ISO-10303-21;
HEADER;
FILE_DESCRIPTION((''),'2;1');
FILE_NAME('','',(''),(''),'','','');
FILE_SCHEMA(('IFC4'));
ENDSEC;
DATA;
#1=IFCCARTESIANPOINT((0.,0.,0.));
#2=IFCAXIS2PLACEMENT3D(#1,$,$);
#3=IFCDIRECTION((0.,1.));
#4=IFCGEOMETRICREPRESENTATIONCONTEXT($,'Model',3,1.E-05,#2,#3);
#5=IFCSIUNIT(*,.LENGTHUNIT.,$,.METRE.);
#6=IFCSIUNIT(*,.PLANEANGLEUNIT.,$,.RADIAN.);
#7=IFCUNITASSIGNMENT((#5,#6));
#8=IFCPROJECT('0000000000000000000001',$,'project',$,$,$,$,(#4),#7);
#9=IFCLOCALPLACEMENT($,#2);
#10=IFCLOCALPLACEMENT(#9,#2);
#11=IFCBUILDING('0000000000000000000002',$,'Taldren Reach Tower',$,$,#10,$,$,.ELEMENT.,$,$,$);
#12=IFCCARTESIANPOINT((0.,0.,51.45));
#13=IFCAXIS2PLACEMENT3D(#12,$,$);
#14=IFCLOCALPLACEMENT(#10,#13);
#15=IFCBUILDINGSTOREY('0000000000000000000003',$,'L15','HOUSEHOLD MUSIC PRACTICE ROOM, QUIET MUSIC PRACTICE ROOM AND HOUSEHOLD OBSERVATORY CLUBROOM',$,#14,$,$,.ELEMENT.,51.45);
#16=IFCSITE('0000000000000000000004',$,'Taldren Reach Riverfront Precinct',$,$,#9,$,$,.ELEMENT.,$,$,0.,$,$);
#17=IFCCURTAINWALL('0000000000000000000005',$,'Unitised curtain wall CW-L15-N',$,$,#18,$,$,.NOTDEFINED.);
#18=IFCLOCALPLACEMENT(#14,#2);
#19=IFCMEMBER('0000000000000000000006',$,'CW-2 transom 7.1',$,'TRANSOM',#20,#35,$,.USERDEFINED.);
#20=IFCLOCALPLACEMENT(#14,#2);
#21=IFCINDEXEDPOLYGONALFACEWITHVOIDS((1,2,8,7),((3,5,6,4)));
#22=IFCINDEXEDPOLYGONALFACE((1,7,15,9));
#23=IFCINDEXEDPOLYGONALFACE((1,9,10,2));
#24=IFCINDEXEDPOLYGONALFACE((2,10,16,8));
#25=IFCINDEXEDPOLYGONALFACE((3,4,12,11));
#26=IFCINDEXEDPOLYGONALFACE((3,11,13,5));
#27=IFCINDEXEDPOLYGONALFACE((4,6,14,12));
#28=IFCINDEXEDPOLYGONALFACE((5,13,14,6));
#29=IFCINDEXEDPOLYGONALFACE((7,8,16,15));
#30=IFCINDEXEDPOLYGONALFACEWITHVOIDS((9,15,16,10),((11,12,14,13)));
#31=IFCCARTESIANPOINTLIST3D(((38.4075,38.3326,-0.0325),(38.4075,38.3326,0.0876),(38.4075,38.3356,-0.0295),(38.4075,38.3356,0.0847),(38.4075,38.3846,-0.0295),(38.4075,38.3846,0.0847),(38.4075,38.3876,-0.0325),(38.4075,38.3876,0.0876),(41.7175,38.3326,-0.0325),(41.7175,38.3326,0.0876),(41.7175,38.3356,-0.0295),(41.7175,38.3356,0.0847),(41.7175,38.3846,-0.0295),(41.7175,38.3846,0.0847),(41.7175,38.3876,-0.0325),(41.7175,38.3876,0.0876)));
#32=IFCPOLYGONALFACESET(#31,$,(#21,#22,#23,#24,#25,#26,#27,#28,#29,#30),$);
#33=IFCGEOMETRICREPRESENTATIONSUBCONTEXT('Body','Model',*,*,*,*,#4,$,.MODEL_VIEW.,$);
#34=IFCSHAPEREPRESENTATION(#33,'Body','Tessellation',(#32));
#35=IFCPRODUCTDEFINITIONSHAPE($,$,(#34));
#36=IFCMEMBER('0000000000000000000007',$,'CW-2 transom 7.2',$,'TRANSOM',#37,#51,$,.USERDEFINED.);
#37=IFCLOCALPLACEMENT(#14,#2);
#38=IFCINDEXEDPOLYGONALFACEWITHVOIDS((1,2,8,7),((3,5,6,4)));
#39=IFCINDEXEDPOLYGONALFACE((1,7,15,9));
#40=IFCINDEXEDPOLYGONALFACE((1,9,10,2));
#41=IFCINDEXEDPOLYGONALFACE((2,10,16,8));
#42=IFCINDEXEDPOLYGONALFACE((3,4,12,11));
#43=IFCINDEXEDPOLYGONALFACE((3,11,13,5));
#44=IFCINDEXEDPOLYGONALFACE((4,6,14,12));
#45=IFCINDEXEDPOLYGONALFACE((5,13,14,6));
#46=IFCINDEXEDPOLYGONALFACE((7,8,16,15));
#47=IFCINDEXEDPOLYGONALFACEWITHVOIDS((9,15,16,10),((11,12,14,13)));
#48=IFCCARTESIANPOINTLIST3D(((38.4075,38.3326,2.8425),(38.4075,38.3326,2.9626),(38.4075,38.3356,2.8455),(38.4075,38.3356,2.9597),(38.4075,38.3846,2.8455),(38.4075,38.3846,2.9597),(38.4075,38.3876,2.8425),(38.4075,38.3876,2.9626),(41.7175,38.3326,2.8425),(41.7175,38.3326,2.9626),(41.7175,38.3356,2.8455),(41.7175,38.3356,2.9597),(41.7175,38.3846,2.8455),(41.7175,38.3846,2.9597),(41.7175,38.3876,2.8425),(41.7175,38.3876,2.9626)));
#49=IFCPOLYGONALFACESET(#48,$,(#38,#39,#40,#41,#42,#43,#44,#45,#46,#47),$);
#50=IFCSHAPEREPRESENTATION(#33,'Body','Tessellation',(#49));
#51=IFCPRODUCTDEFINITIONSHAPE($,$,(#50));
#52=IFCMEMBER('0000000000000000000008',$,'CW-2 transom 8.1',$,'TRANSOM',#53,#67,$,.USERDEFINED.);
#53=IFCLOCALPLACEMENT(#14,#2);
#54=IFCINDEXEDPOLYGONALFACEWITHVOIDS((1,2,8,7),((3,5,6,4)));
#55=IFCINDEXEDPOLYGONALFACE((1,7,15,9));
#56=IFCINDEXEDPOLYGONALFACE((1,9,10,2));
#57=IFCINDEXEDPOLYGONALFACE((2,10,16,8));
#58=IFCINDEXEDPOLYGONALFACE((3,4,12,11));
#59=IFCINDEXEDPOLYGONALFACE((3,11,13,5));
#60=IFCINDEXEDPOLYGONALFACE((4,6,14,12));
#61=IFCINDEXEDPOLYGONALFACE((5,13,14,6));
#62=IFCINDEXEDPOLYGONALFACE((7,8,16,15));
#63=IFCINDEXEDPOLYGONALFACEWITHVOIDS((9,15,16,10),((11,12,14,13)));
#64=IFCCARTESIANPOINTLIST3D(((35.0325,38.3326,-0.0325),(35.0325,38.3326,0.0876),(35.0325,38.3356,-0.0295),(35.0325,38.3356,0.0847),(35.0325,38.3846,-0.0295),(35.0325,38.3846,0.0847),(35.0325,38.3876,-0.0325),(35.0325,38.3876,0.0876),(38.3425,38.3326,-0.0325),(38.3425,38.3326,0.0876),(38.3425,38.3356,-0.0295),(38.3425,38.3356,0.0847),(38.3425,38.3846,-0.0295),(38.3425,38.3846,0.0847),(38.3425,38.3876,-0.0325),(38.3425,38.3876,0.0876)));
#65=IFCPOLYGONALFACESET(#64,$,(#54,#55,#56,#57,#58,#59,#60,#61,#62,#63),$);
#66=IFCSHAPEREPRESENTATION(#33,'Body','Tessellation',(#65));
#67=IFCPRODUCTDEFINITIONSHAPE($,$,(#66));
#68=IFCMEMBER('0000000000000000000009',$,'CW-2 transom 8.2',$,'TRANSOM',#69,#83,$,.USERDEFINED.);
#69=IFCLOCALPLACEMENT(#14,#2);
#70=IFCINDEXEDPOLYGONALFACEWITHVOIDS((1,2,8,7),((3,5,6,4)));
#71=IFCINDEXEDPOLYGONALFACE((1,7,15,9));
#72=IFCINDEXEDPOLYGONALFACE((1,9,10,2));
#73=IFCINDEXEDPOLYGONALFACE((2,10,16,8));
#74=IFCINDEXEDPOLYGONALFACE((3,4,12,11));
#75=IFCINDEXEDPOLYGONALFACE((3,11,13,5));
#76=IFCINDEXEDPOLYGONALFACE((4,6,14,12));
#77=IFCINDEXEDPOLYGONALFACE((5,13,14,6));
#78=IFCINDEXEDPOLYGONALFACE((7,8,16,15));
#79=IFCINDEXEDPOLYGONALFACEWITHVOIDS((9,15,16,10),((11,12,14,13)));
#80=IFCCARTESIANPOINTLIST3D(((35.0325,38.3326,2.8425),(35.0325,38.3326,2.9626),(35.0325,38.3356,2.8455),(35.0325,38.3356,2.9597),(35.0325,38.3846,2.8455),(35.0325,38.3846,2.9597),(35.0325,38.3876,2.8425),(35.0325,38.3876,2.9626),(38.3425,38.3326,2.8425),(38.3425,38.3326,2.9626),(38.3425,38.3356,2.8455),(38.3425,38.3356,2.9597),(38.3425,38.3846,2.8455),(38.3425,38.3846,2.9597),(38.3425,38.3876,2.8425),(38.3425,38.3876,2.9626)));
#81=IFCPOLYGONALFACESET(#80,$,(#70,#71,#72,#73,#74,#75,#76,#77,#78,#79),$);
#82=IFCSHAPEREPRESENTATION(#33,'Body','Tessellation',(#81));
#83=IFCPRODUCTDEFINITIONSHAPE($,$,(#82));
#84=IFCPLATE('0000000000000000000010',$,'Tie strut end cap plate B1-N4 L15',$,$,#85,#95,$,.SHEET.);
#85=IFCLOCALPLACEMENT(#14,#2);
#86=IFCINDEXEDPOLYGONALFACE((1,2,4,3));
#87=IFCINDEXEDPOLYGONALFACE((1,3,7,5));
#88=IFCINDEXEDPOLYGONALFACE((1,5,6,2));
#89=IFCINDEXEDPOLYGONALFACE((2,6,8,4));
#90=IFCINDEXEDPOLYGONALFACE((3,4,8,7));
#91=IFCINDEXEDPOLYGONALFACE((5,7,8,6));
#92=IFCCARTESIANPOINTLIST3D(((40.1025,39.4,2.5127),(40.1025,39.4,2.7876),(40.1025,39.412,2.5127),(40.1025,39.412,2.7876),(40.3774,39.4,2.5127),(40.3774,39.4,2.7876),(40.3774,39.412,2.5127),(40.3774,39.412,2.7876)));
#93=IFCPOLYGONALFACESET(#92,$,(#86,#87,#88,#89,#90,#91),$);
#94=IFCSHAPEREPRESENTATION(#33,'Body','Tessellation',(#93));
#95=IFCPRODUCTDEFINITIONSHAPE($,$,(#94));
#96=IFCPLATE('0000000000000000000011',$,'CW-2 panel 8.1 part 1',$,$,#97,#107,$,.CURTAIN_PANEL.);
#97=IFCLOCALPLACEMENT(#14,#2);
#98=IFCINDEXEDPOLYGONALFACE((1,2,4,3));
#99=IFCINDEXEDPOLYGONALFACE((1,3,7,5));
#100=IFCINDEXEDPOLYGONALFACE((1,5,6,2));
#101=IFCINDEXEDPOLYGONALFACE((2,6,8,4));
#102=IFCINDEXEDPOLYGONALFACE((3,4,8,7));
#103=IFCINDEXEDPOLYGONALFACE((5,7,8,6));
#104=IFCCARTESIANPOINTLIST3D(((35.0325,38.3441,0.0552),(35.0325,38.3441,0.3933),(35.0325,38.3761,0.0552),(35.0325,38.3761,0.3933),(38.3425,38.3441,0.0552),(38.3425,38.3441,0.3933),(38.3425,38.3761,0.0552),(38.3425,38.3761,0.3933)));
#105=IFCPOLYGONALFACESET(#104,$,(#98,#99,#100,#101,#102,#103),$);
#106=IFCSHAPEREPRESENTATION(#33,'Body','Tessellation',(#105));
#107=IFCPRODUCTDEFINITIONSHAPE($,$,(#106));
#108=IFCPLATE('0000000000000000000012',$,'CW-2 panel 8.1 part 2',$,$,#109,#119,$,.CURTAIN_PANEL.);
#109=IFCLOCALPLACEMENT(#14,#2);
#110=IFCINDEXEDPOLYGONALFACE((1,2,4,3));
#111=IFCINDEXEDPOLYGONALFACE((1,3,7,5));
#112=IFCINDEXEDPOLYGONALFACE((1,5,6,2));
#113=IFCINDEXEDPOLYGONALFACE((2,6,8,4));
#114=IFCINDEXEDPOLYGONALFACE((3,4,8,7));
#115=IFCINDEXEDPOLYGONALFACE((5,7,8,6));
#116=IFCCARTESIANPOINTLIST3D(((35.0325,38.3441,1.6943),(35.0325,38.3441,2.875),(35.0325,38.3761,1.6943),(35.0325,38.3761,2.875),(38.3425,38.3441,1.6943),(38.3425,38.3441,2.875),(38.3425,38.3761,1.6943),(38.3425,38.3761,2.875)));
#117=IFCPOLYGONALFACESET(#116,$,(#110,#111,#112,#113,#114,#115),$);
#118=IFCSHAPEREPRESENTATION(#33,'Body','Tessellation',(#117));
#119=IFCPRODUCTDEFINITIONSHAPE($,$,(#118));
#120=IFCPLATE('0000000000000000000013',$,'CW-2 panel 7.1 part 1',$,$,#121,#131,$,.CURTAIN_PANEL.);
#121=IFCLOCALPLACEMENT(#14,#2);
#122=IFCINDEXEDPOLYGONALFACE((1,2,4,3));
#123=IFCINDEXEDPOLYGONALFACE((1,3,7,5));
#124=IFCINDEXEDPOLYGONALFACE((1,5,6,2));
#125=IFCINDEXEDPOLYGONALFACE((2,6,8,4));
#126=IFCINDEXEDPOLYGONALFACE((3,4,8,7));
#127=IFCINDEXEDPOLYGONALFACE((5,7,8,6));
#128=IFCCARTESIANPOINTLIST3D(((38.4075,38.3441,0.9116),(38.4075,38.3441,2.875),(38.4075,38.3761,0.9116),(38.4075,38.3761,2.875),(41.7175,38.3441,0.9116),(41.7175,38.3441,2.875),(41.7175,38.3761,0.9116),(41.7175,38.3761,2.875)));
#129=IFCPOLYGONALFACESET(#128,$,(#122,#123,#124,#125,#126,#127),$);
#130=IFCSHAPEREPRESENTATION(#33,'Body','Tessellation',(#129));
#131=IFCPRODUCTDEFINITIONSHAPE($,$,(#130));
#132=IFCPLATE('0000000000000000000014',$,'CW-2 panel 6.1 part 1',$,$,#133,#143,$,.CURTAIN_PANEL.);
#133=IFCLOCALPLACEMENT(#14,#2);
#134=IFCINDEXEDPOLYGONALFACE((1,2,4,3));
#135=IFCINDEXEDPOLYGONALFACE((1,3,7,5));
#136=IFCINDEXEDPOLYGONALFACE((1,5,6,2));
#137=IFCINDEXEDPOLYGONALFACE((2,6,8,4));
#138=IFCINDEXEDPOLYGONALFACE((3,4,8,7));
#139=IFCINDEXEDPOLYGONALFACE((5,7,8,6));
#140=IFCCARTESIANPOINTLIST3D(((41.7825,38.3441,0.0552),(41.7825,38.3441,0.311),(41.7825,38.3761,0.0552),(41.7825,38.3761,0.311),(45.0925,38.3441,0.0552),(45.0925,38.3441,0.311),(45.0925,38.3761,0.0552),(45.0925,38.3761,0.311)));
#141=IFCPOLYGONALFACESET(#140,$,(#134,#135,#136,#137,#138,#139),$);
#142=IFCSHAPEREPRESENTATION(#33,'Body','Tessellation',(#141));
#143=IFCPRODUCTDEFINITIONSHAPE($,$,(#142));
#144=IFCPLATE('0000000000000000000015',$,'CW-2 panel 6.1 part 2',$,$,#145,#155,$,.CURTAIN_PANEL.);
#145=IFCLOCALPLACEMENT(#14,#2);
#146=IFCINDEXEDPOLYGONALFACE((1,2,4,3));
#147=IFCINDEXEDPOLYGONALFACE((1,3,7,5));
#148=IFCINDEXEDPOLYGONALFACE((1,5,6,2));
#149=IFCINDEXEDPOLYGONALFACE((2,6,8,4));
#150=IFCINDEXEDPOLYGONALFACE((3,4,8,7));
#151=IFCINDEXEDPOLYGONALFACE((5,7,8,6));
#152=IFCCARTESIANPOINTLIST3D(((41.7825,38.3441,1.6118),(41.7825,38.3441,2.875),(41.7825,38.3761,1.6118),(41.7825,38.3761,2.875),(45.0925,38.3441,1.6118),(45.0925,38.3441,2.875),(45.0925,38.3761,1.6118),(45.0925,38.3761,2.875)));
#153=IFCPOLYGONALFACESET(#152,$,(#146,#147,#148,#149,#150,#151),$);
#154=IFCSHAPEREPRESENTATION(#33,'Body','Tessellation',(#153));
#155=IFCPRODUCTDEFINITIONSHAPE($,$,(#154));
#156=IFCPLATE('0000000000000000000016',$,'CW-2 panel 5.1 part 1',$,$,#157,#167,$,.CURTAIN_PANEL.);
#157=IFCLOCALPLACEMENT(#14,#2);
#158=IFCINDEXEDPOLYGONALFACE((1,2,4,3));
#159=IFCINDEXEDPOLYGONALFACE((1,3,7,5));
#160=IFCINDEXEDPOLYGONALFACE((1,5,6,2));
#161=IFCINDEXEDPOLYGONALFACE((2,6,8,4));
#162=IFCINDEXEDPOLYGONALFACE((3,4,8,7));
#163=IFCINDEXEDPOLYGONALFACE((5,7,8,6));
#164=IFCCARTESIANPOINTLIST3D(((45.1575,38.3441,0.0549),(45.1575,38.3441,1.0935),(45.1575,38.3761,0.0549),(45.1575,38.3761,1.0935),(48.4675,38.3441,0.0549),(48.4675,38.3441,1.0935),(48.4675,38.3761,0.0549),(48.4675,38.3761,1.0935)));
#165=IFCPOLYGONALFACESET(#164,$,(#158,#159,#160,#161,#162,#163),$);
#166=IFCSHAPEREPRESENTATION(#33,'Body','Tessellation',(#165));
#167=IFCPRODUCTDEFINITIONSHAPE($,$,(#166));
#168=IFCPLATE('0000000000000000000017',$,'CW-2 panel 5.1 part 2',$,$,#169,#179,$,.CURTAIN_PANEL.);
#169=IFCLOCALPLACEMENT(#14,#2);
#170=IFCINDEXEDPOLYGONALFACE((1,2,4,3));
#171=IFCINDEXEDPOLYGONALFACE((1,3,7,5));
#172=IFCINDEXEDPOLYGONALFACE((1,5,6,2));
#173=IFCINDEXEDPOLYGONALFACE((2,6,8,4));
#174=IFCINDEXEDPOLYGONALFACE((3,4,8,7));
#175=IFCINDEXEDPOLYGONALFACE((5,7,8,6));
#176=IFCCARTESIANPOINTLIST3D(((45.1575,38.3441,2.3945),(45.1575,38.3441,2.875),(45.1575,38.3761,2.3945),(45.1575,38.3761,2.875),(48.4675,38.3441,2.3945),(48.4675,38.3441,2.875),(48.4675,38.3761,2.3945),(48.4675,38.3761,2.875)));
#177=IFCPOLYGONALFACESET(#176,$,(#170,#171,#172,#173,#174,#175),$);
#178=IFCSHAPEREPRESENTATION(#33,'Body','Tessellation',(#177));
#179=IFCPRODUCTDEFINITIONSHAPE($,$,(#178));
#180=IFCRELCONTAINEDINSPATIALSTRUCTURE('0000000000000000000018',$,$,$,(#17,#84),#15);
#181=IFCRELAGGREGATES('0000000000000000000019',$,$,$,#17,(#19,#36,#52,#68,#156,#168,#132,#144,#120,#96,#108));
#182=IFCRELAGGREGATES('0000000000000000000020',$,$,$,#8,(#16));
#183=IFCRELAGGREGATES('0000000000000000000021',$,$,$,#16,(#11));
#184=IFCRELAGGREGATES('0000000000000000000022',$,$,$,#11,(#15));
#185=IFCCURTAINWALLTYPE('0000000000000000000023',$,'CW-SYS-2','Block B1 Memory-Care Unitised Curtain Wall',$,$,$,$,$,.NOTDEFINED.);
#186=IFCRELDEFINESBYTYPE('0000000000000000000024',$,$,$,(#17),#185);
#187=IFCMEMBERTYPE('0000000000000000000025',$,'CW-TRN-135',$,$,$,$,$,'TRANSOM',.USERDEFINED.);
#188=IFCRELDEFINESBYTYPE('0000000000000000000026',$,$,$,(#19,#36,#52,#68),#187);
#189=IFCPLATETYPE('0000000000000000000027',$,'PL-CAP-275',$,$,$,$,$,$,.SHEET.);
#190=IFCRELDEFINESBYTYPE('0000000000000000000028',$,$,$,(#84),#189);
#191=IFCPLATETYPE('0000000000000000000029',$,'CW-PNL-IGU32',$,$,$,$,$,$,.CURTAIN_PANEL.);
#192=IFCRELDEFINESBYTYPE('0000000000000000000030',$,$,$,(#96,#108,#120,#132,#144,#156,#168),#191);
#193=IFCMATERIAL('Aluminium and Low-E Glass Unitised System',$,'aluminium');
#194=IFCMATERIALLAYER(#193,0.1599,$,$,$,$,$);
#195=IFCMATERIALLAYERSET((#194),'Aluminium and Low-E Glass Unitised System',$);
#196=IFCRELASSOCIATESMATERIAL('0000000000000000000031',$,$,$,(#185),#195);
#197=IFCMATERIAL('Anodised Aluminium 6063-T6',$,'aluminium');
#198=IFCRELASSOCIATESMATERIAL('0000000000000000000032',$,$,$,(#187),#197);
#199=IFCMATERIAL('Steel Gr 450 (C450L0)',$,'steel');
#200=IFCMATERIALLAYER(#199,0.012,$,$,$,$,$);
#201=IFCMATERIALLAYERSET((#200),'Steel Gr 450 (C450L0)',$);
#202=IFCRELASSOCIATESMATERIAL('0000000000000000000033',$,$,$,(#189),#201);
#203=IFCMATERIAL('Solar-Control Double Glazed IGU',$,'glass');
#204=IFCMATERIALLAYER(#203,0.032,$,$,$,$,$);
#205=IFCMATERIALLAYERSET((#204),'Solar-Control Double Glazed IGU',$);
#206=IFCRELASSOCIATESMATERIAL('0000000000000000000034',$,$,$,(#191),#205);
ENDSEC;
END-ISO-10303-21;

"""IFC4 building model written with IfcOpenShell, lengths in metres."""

from ifc_helpers import new_model, si_unit, direction, frame, origin, origin_2d, place, context, subcontext, project, spatial, rectangle, hollow_rectangle, extrude, source, transform, mapped, material, layer, layer_set, material_profile, profile_set, type_object, element, aggregate, save


model = new_model("IFC4")

# Units and contexts
model_context = context("Model", 3, precision=1e-05, world=origin(), true_north=direction((0.0, 1.0)))
body_context = subcontext(model_context, "Body", "Model", "MODEL_VIEW")
ifc_project = project(units=[si_unit("LENGTHUNIT", "METRE"), si_unit("PLANEANGLEUNIT", "RADIAN")], contexts=[model_context])

# Site, building, storey
site_placement = place(None, origin())
site = spatial("IfcSite", under=ifc_project, at=site_placement, Name="Taldren Reach Riverfront Precinct", CompositionType="ELEMENT", RefElevation=0.0)
building_placement = place(site_placement, origin())
building = spatial("IfcBuilding", under=site, at=building_placement, Name="Taldren Reach Tower", CompositionType="ELEMENT")
storey_placement = place(building_placement, frame((0.0, 0.0, 51.45)))
storey = spatial("IfcBuildingStorey", under=building, at=storey_placement, Name="L15", Description="HOUSEHOLD MUSIC PRACTICE ROOM, QUIET MUSIC PRACTICE ROOM AND HOUSEHOLD OBSERVATORY CLUBROOM", CompositionType="ELEMENT", Elevation=51.45)

# Shared definitions
ifc_material_1 = material(Name="Steel Gr 450 (C450L0)", Category="steel")

# Curtain wall, members
ifc_material_2 = material(Name="Aluminium and Low-E Glass Unitised System", Category="aluminium")
ifc_layer_1 = layer(ifc_material_2, 0.1599)
ifc_layer_set_1 = layer_set([ifc_layer_1], Name="Aluminium and Low-E Glass Unitised System")
curtain_wall_type = type_object("IfcCurtainWallType", Name="CW-SYS-2", Description="Block B1 Memory-Care Unitised Curtain Wall", PredefinedType="NOTDEFINED", material=ifc_layer_set_1)
curtain_wall_placement = place(storey_placement, origin())
curtain_wall = element("IfcCurtainWall", 1, at=curtain_wall_placement, inside=storey, type_object=curtain_wall_type, Name="Unitised curtain wall CW-L15-N", PredefinedType="NOTDEFINED")
ifc_material_3 = material(Name="Anodised Aluminium 6063-T6", Category="aluminium")
ifc_material_profile_1 = material_profile(ifc_material_3, hollow_rectangle(XDim=0.0549, YDim=0.1201, WallThickness=0.0029, at=origin_2d()), Name="ALU-120x55x3RHS")
ifc_profile_set_1 = profile_set([ifc_material_profile_1], Name="Anodised Aluminium 6063-T6")
member_type_1 = type_object("IfcMemberType", Name="CW-TRN-135", ElementType="TRANSOM", PredefinedType="USERDEFINED", material=ifc_profile_set_1)
shared_shape_1 = source(origin(), body_context, "Body", "SweptSolid", [
    extrude(hollow_rectangle(XDim=0.0549, YDim=0.1201, WallThickness=0.0029, at=origin_2d()), origin(), (0.0, 0.0, 1.0), 3.3101),
])
member_1_placement = place(storey_placement, frame((41.7175, 38.3601, 0.0276), z_axis=(-1.0, 0.0, 0.0), x_axis=(0.0, -1.0, 0.0)))
member_1 = element("IfcMember", 2, at=member_1_placement, type_object=member_type_1, Name="CW-2 transom 7.1", ObjectType="TRANSOM", PredefinedType="USERDEFINED", context=body_context, shape_type="MappedRepresentation", body=[
    mapped(shared_shape_1, transform((0.0, 0.0, 0.0), scale=1.0)),
])
member_2_placement = place(storey_placement, frame((41.7175, 38.3601, 2.9026), z_axis=(-1.0, 0.0, 0.0), x_axis=(0.0, -1.0, 0.0)))
member_2 = element("IfcMember", 3, at=member_2_placement, type_object=member_type_1, Name="CW-2 transom 7.2", ObjectType="TRANSOM", PredefinedType="USERDEFINED", context=body_context, shape_type="MappedRepresentation", body=[
    mapped(shared_shape_1, transform((0.0, 0.0, 0.0), scale=1.0)),
])
member_3_placement = place(storey_placement, frame((38.3425, 38.3601, 0.0276), z_axis=(-1.0, 0.0, 0.0), x_axis=(0.0, -1.0, 0.0)))
member_3 = element("IfcMember", 4, at=member_3_placement, type_object=member_type_1, Name="CW-2 transom 8.1", ObjectType="TRANSOM", PredefinedType="USERDEFINED", context=body_context, shape_type="MappedRepresentation", body=[
    mapped(shared_shape_1, transform((0.0, 0.0, 0.0), scale=1.0)),
])
member_4_placement = place(storey_placement, frame((38.3425, 38.3601, 2.9026), z_axis=(-1.0, 0.0, 0.0), x_axis=(0.0, -1.0, 0.0)))
member_4 = element("IfcMember", 5, at=member_4_placement, type_object=member_type_1, Name="CW-2 transom 8.2", ObjectType="TRANSOM", PredefinedType="USERDEFINED", context=body_context, shape_type="MappedRepresentation", body=[
    mapped(shared_shape_1, transform((0.0, 0.0, 0.0), scale=1.0)),
])

# Plates
ifc_layer_2 = layer(ifc_material_1, 0.012)
ifc_layer_set_2 = layer_set([ifc_layer_2], Name="Steel Gr 450 (C450L0)")
plate_type_1 = type_object("IfcPlateType", Name="PL-CAP-275", PredefinedType="SHEET", material=ifc_layer_set_2)
shared_shape_2 = source(origin(), body_context, "Body", "SweptSolid", [
    extrude(rectangle(XDim=0.2749, YDim=0.012, at=origin_2d()), origin(), (0.0, 0.0, 1.0), 0.2749),
])
plate_1_placement = place(storey_placement, frame((40.24, 39.406, 2.5127), z_axis=(0.0, 0.0, 1.0), x_axis=(1.0, 0.0, 0.0)))
element("IfcPlate", 6, at=plate_1_placement, inside=storey, type_object=plate_type_1, Name="Tie strut end cap plate B1-N4 L15", PredefinedType="SHEET", context=body_context, shape_type="MappedRepresentation", body=[
    mapped(shared_shape_2, transform((0.0, 0.0, 0.0), scale=1.0)),
])
ifc_material_4 = material(Name="Solar-Control Double Glazed IGU", Category="glass")
ifc_layer_3 = layer(ifc_material_4, 0.032)
ifc_layer_set_3 = layer_set([ifc_layer_3], Name="Solar-Control Double Glazed IGU")
plate_type_2 = type_object("IfcPlateType", Name="CW-PNL-IGU32", PredefinedType="CURTAIN_PANEL", material=ifc_layer_set_3)
shared_shape_3 = source(origin(), body_context, "Body", "SweptSolid", [
    extrude(rectangle(XDim=3.3101, YDim=0.032, at=origin_2d()), origin(), (0.0, 0.0, 1.0), 0.3381),
])
plate_2_placement = place(storey_placement, frame((36.6875, 38.3601, 0.0552), z_axis=(0.0, 0.0, 1.0), x_axis=(-1.0, 0.0, 0.0)))
plate_2 = element("IfcPlate", 7, at=plate_2_placement, type_object=plate_type_2, Name="CW-2 panel 8.1 part 1", PredefinedType="CURTAIN_PANEL", context=body_context, shape_type="MappedRepresentation", body=[
    mapped(shared_shape_3, transform((0.0, 0.0, 0.0), scale=1.0)),
])
shared_shape_4 = source(origin(), body_context, "Body", "SweptSolid", [
    extrude(rectangle(XDim=3.3101, YDim=0.032, at=origin_2d()), origin(), (0.0, 0.0, 1.0), 1.1807),
])
plate_3_placement = place(storey_placement, frame((36.6875, 38.3601, 1.6943), z_axis=(0.0, 0.0, 1.0), x_axis=(-1.0, 0.0, 0.0)))
plate_3 = element("IfcPlate", 8, at=plate_3_placement, type_object=plate_type_2, Name="CW-2 panel 8.1 part 2", PredefinedType="CURTAIN_PANEL", context=body_context, shape_type="MappedRepresentation", body=[
    mapped(shared_shape_4, transform((0.0, 0.0, 0.0), scale=1.0)),
])
shared_shape_5 = source(origin(), body_context, "Body", "SweptSolid", [
    extrude(rectangle(XDim=3.3101, YDim=0.032, at=origin_2d()), origin(), (0.0, 0.0, 1.0), 1.9634),
])
plate_4_placement = place(storey_placement, frame((40.0625, 38.3601, 0.9116), z_axis=(0.0, 0.0, 1.0), x_axis=(-1.0, 0.0, 0.0)))
plate_4 = element("IfcPlate", 9, at=plate_4_placement, type_object=plate_type_2, Name="CW-2 panel 7.1 part 1", PredefinedType="CURTAIN_PANEL", context=body_context, shape_type="MappedRepresentation", body=[
    mapped(shared_shape_5, transform((0.0, 0.0, 0.0), scale=1.0)),
])
shared_shape_6 = source(origin(), body_context, "Body", "SweptSolid", [
    extrude(rectangle(XDim=3.3101, YDim=0.032, at=origin_2d()), origin(), (0.0, 0.0, 1.0), 0.2559),
])
plate_5_placement = place(storey_placement, frame((43.4375, 38.3601, 0.0552), z_axis=(0.0, 0.0, 1.0), x_axis=(-1.0, 0.0, 0.0)))
plate_5 = element("IfcPlate", 10, at=plate_5_placement, type_object=plate_type_2, Name="CW-2 panel 6.1 part 1", PredefinedType="CURTAIN_PANEL", context=body_context, shape_type="MappedRepresentation", body=[
    mapped(shared_shape_6, transform((0.0, 0.0, 0.0), scale=1.0)),
])
shared_shape_7 = source(origin(), body_context, "Body", "SweptSolid", [
    extrude(rectangle(XDim=3.3101, YDim=0.032, at=origin_2d()), origin(), (0.0, 0.0, 1.0), 1.2632),
])
plate_6_placement = place(storey_placement, frame((43.4375, 38.3601, 1.6118), z_axis=(0.0, 0.0, 1.0), x_axis=(-1.0, 0.0, 0.0)))
plate_6 = element("IfcPlate", 11, at=plate_6_placement, type_object=plate_type_2, Name="CW-2 panel 6.1 part 2", PredefinedType="CURTAIN_PANEL", context=body_context, shape_type="MappedRepresentation", body=[
    mapped(shared_shape_7, transform((0.0, 0.0, 0.0), scale=1.0)),
])
shared_shape_8 = source(origin(), body_context, "Body", "SweptSolid", [
    extrude(rectangle(XDim=3.3101, YDim=0.032, at=origin_2d()), origin(), (0.0, 0.0, 1.0), 1.0386),
])
plate_7_placement = place(storey_placement, frame((46.8125, 38.3601, 0.0549), z_axis=(0.0, 0.0, 1.0), x_axis=(-1.0, 0.0, 0.0)))
plate_7 = element("IfcPlate", 12, at=plate_7_placement, type_object=plate_type_2, Name="CW-2 panel 5.1 part 1", PredefinedType="CURTAIN_PANEL", context=body_context, shape_type="MappedRepresentation", body=[
    mapped(shared_shape_8, transform((0.0, 0.0, 0.0), scale=1.0)),
])
shared_shape_9 = source(origin(), body_context, "Body", "SweptSolid", [
    extrude(rectangle(XDim=3.3101, YDim=0.032, at=origin_2d()), origin(), (0.0, 0.0, 1.0), 0.4805),
])
plate_8_placement = place(storey_placement, frame((46.8125, 38.3601, 2.3945), z_axis=(0.0, 0.0, 1.0), x_axis=(-1.0, 0.0, 0.0)))
plate_8 = element("IfcPlate", 13, at=plate_8_placement, type_object=plate_type_2, Name="CW-2 panel 5.1 part 2", PredefinedType="CURTAIN_PANEL", context=body_context, shape_type="MappedRepresentation", body=[
    mapped(shared_shape_9, transform((0.0, 0.0, 0.0), scale=1.0)),
])
aggregate(curtain_wall, [member_1, member_2, member_3, member_4, plate_7, plate_8, plate_5, plate_6, plate_4, plate_2, plate_3])

save(model, "model.ifc")
